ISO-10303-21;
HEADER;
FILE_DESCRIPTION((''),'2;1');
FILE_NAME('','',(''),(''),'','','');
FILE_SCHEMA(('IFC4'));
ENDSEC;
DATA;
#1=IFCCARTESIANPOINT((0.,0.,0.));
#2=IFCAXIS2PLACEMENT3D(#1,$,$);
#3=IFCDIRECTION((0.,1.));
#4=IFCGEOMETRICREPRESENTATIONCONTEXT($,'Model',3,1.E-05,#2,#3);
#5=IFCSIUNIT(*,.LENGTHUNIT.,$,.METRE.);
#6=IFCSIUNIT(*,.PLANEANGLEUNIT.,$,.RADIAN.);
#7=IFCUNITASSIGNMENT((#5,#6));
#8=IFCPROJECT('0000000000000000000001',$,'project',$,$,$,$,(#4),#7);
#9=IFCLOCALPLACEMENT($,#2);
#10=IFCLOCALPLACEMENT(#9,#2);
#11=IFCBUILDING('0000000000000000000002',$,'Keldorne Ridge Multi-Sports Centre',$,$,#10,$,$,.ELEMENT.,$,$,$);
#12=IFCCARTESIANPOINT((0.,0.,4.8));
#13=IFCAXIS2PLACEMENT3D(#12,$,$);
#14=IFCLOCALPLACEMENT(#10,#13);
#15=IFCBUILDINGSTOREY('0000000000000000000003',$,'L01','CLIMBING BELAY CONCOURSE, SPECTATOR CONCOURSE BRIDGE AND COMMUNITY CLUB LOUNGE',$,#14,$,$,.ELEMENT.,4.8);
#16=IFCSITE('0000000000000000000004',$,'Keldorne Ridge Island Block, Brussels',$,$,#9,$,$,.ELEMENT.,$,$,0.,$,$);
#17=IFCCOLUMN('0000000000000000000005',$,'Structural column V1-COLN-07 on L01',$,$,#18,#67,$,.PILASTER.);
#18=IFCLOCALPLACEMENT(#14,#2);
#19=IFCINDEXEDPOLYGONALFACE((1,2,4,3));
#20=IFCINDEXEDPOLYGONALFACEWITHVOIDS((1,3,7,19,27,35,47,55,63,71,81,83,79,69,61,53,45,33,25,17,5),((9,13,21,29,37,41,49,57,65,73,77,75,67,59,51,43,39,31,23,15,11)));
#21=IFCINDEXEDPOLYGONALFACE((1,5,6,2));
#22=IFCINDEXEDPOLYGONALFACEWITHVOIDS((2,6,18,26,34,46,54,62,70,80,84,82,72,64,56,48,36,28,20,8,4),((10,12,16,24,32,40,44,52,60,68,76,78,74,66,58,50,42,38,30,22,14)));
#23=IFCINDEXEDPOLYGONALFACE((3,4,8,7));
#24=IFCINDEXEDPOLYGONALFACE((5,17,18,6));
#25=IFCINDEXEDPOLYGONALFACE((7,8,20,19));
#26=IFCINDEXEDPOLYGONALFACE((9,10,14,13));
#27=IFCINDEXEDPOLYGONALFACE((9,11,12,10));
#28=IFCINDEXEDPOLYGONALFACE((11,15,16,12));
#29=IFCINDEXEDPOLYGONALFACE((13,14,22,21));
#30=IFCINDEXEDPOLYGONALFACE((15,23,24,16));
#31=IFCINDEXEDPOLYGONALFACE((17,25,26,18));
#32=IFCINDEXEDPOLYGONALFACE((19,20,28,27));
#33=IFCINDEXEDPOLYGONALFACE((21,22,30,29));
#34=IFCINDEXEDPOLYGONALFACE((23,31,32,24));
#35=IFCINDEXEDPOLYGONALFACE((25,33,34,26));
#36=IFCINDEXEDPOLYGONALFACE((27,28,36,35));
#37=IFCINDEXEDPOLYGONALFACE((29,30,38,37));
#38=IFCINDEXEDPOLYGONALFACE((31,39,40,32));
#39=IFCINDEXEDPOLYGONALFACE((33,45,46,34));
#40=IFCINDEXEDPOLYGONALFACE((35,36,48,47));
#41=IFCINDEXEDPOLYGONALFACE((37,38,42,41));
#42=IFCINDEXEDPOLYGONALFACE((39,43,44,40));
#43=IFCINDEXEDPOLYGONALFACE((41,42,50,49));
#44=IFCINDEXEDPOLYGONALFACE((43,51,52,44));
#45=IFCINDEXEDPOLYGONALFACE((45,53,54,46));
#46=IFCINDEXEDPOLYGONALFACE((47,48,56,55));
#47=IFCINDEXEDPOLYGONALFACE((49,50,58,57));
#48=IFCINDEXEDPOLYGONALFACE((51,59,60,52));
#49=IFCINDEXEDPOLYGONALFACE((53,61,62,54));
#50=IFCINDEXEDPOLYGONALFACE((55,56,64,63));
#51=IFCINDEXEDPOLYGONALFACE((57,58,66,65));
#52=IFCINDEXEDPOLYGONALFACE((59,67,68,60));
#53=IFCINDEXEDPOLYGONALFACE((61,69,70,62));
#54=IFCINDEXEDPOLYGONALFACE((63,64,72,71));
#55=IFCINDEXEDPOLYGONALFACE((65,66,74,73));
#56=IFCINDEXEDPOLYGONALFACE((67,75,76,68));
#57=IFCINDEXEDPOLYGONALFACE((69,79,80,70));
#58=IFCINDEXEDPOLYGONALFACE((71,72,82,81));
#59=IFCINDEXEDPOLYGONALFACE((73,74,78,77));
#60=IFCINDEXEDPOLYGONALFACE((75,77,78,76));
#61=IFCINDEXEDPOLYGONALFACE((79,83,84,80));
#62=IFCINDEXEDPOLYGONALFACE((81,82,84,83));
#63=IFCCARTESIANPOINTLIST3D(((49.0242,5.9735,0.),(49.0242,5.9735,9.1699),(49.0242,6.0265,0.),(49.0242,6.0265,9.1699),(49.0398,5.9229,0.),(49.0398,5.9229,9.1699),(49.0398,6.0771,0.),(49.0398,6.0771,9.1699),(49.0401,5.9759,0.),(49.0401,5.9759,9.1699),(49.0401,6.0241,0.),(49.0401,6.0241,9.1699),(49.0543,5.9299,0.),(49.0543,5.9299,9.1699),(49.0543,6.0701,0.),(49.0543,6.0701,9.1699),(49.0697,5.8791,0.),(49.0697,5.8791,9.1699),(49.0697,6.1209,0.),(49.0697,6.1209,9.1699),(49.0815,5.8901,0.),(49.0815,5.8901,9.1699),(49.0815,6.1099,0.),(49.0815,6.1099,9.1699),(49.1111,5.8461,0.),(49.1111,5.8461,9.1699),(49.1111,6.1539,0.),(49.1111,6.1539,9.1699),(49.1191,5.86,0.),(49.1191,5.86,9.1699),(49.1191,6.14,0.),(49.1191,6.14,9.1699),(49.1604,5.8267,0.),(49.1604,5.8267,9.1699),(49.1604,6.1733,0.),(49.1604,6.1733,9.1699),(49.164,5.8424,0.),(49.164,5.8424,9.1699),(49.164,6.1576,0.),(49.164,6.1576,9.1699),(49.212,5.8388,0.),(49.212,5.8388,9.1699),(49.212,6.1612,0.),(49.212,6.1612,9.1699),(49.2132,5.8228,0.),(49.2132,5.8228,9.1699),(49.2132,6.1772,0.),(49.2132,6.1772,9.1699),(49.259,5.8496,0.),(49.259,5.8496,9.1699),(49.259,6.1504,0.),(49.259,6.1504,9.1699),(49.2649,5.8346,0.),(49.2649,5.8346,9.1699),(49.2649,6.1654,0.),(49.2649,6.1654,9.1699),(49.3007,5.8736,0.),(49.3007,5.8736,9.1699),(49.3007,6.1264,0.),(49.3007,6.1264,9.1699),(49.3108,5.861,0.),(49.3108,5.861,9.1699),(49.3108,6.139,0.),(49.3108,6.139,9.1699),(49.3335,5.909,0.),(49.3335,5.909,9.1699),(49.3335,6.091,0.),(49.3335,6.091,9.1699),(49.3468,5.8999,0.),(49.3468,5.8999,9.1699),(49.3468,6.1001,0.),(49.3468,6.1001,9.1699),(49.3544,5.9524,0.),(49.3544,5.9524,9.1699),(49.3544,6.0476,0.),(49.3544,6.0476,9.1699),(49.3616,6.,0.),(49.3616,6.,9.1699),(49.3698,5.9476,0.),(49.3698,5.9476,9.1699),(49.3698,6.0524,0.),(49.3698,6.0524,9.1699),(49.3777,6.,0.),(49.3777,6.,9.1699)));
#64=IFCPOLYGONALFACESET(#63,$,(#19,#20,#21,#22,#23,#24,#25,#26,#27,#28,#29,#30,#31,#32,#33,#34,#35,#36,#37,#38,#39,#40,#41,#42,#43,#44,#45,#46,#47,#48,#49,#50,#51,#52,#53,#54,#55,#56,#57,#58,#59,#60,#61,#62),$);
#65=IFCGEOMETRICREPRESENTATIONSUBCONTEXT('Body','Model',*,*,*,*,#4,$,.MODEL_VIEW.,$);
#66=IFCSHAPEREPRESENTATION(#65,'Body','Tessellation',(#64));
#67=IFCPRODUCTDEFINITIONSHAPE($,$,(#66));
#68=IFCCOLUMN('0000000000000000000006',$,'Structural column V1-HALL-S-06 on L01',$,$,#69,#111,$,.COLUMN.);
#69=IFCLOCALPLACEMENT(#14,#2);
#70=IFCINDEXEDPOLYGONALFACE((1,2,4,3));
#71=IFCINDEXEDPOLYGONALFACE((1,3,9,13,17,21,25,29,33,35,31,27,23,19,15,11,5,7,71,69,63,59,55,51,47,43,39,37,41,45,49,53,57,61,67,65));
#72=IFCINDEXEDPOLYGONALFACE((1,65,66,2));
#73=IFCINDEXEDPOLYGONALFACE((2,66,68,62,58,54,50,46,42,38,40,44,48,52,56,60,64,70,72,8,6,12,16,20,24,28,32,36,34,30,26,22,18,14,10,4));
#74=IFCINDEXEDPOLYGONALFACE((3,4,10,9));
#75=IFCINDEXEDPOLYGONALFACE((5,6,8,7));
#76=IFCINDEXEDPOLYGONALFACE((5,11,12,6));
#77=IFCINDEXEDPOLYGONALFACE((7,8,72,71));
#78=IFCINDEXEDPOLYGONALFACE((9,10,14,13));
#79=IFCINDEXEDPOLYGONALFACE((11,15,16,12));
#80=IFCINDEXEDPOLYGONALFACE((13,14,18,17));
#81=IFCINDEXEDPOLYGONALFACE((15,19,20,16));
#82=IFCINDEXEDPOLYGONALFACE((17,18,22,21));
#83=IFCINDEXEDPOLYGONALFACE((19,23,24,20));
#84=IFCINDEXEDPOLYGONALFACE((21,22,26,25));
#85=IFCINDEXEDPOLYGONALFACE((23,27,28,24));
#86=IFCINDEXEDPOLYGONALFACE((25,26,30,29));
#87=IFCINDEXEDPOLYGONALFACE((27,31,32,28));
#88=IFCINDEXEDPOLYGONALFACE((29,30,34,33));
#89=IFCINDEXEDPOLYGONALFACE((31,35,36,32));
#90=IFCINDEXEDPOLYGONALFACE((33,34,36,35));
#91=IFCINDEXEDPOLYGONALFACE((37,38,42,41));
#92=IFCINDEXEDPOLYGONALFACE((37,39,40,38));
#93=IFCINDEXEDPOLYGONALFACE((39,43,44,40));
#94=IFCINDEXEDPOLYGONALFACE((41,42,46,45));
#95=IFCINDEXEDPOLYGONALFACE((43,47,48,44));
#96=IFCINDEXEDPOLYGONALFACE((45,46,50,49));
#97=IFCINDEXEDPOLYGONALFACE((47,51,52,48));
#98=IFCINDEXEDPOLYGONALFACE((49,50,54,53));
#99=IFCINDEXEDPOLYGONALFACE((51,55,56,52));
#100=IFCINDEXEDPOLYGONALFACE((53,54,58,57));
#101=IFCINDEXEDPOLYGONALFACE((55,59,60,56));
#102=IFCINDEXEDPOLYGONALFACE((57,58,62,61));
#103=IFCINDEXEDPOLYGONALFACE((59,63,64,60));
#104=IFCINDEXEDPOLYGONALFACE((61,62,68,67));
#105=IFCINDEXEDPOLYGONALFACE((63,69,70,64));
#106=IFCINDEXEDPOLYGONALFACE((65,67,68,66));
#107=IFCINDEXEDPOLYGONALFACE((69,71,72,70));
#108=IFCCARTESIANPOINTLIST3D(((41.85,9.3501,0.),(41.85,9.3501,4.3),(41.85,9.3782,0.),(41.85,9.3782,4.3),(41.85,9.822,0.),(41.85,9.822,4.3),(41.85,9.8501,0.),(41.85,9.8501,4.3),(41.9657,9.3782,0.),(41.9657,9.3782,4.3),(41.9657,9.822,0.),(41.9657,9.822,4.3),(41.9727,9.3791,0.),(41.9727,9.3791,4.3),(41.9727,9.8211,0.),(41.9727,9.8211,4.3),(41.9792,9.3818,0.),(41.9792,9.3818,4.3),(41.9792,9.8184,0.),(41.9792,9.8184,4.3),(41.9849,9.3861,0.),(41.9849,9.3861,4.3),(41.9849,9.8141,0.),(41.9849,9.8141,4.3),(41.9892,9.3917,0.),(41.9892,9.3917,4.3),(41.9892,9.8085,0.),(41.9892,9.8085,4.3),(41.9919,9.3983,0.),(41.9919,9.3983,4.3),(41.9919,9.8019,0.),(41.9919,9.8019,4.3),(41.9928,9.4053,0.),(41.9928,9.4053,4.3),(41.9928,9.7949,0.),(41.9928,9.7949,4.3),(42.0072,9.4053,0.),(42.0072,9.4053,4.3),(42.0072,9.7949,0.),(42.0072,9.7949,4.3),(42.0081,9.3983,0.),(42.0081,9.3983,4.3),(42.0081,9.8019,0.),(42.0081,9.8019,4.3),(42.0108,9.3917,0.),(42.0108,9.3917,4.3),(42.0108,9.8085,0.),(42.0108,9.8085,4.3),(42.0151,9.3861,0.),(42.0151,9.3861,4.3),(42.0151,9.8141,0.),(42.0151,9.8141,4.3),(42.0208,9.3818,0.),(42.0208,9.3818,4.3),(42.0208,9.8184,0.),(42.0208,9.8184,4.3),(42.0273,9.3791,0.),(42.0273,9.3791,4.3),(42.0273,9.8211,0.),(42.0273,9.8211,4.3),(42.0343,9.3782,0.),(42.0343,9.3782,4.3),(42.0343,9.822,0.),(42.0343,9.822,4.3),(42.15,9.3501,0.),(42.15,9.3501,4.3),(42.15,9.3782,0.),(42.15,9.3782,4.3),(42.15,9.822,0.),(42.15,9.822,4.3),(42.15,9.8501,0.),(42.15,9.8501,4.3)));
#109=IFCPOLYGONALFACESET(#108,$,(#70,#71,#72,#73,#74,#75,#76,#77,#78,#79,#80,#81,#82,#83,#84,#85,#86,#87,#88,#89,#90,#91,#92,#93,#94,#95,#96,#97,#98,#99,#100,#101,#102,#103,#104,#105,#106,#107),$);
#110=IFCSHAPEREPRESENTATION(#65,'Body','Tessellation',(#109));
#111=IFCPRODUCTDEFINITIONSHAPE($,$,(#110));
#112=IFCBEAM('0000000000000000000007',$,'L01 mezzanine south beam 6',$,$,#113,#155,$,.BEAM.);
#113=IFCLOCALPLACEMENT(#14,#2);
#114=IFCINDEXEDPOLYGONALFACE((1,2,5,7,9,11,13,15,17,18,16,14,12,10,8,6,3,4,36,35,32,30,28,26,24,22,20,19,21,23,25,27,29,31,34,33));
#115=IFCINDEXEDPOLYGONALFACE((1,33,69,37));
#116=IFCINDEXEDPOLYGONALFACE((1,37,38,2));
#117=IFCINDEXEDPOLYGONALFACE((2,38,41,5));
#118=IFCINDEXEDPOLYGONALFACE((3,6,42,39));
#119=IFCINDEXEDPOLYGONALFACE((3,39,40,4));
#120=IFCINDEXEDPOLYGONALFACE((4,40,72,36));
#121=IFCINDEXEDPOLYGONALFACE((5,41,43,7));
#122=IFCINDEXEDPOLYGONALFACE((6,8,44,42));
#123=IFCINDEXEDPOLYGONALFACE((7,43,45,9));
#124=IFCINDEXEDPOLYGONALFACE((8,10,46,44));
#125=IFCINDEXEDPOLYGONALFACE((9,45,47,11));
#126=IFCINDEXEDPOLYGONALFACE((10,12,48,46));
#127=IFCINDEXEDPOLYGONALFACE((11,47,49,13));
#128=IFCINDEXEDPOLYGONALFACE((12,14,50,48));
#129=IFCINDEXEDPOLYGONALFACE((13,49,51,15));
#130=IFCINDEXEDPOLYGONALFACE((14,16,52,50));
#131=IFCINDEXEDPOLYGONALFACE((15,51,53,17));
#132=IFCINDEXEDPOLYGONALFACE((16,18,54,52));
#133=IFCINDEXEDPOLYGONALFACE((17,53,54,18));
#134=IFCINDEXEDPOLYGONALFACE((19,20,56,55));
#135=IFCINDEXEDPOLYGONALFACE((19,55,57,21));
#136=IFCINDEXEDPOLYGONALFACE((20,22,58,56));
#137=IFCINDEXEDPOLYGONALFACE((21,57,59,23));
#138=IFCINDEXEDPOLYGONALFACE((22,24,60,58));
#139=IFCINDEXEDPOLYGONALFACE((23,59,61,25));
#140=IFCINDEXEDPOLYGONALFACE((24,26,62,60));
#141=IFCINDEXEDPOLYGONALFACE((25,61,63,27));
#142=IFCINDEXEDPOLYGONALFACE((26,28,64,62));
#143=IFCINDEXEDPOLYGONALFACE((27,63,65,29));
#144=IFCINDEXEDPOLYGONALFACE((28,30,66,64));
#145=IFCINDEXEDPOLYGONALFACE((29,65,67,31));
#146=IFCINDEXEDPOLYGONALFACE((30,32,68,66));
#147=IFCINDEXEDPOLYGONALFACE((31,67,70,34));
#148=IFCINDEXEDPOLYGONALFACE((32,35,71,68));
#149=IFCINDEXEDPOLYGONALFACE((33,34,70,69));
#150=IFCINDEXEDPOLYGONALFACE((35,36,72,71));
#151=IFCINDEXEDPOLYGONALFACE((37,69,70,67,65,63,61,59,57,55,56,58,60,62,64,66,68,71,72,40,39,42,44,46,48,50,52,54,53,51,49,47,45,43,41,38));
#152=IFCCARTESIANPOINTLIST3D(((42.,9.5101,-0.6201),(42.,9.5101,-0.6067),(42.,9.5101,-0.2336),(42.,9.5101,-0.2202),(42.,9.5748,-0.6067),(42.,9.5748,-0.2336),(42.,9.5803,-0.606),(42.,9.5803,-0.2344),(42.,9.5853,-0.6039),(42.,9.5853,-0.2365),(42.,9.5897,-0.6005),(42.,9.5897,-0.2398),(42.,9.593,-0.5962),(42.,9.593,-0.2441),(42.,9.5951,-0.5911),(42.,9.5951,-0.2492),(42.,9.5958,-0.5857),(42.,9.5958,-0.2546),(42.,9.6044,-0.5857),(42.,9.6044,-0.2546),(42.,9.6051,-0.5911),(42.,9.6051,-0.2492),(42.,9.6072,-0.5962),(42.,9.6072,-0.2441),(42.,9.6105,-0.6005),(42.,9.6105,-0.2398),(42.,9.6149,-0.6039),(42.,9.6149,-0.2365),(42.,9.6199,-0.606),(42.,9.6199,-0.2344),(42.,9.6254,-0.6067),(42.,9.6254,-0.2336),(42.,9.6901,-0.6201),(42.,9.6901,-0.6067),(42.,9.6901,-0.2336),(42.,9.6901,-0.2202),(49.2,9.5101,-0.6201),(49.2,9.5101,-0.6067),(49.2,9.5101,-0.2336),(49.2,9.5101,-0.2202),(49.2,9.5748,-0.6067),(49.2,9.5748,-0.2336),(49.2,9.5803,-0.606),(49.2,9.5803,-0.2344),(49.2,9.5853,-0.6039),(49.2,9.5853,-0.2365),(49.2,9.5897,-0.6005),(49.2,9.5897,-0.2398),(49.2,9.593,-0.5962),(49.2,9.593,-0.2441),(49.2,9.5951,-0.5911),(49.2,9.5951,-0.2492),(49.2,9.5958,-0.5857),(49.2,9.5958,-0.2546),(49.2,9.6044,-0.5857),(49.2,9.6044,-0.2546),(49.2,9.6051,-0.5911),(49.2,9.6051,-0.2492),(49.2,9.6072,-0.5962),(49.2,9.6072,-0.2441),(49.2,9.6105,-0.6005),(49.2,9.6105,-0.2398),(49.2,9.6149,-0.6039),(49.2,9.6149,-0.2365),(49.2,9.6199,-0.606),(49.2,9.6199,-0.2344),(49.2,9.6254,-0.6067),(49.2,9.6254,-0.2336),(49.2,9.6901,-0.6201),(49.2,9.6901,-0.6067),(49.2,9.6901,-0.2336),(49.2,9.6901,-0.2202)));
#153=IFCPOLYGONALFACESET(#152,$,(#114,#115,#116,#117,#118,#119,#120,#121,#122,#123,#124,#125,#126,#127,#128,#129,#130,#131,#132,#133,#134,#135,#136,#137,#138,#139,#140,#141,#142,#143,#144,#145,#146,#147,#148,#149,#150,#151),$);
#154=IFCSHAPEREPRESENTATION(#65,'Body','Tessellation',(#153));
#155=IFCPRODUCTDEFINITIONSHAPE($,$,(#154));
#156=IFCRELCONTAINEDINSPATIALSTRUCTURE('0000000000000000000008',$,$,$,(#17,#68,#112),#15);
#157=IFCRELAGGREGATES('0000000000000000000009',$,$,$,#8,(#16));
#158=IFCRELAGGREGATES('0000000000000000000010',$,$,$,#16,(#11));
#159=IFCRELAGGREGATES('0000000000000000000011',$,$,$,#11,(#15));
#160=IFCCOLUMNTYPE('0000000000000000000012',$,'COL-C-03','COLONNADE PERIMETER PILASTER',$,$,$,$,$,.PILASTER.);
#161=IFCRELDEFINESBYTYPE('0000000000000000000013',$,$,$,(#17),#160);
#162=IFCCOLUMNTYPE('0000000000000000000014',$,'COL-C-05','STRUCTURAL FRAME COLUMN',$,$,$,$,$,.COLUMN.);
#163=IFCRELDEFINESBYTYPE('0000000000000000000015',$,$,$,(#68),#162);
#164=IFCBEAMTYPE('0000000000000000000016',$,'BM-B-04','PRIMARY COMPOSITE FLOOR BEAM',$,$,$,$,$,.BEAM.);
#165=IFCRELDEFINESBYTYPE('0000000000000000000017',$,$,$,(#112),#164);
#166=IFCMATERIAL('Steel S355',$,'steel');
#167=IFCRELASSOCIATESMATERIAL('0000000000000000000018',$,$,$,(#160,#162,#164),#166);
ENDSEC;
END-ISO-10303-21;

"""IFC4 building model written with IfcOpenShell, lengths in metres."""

from ifc_helpers import new_model, si_unit, direction, frame, origin, origin_2d, place, context, subcontext, project, spatial, hollow_circle, i_section, extrude, material, material_profile, profile_set, type_object, element, save


model = new_model("IFC4")

# Units and contexts
model_context = context("Model", 3, precision=1e-05, world=origin(), true_north=direction((0.0, 1.0)))
body_context = subcontext(model_context, "Body", "Model", "MODEL_VIEW")
ifc_project = project(units=[si_unit("LENGTHUNIT", "METRE"), si_unit("PLANEANGLEUNIT", "RADIAN")], contexts=[model_context])

# Site, building, storey
site_placement = place(None, origin())
site = spatial("IfcSite", under=ifc_project, at=site_placement, Name="Keldorne Ridge Island Block, Brussels", CompositionType="ELEMENT", RefElevation=0.0)
building_placement = place(site_placement, origin())
building = spatial("IfcBuilding", under=site, at=building_placement, Name="Keldorne Ridge Multi-Sports Centre", CompositionType="ELEMENT")
storey_placement = place(building_placement, frame((0.0, 0.0, 4.8)))
storey = spatial("IfcBuildingStorey", under=building, at=storey_placement, Name="L01", Description="CLIMBING BELAY CONCOURSE, SPECTATOR CONCOURSE BRIDGE AND COMMUNITY CLUB LOUNGE", CompositionType="ELEMENT", Elevation=4.8)

# Columns
ifc_material_1 = material(Name="Steel S355", Category="steel")
ifc_material_profile_1 = material_profile(ifc_material_1, hollow_circle(Radius=0.1777, WallThickness=0.0161, at=origin_2d()), Name="CHS 355.6x16")
ifc_profile_set_1 = profile_set([ifc_material_profile_1], Name="Steel S355")
column_type_1 = type_object("IfcColumnType", Name="COL-C-03", Description="COLONNADE PERIMETER PILASTER", PredefinedType="PILASTER", material=ifc_profile_set_1)
column_1_placement = place(storey_placement, frame((49.2, 6.0, 0.0), z_axis=(0.0, 0.0, 1.0), x_axis=(1.0, 0.0, 0.0)))
element("IfcColumn", 1, at=column_1_placement, inside=storey, type_object=column_type_1, Name="Structural column V1-COLN-07 on L01", PredefinedType="PILASTER", context=body_context, shape_type="SweptSolid", body=[
    extrude(hollow_circle(Radius=0.1777, WallThickness=0.0161, at=origin_2d()), origin(), (0.0, 0.0, 1.0), 9.1699),
])
ifc_material_profile_2 = material_profile(ifc_material_1, i_section(OverallWidth=0.3, OverallDepth=0.5, WebThickness=0.0144, FlangeThickness=0.0281, FilletRadius=0.0271, at=origin_2d()), Name="HEB 500")
ifc_profile_set_2 = profile_set([ifc_material_profile_2], Name="Steel S355")
column_type_2 = type_object("IfcColumnType", Name="COL-C-05", Description="STRUCTURAL FRAME COLUMN", PredefinedType="COLUMN", material=ifc_profile_set_2)
column_2_placement = place(storey_placement, frame((42.0, 9.6001, 0.0), z_axis=(0.0, 0.0, 1.0), x_axis=(1.0, 0.0, 0.0)))
element("IfcColumn", 2, at=column_2_placement, inside=storey, type_object=column_type_2, Name="Structural column V1-HALL-S-06 on L01", PredefinedType="COLUMN", context=body_context, shape_type="SweptSolid", body=[
    extrude(i_section(OverallWidth=0.3, OverallDepth=0.5, WebThickness=0.0144, FlangeThickness=0.0281, FilletRadius=0.0271, at=origin_2d()), origin(), (0.0, 0.0, 1.0), 4.3),
])

# Beam
ifc_material_profile_3 = material_profile(ifc_material_1, i_section(OverallWidth=0.1799, OverallDepth=0.3999, WebThickness=0.0085, FlangeThickness=0.0134, FilletRadius=0.021, at=origin_2d()), Name="IPE 400")
ifc_profile_set_3 = profile_set([ifc_material_profile_3], Name="Steel S355")
beam_type_1 = type_object("IfcBeamType", Name="BM-B-04", Description="PRIMARY COMPOSITE FLOOR BEAM", PredefinedType="BEAM", material=ifc_profile_set_3)
beam_1_placement = place(storey_placement, frame((42.0, 9.6001, -0.4202), z_axis=(1.0, 0.0, 0.0), x_axis=(0.0, 1.0, 0.0)))
element("IfcBeam", 3, at=beam_1_placement, inside=storey, type_object=beam_type_1, Name="L01 mezzanine south beam 6", PredefinedType="BEAM", context=body_context, shape_type="SweptSolid", body=[
    extrude(i_section(OverallWidth=0.1799, OverallDepth=0.3999, WebThickness=0.0085, FlangeThickness=0.0134, FilletRadius=0.021, at=origin_2d()), origin(), (0.0, 0.0, 1.0), 7.2),
])

save(model, "model.ifc")
